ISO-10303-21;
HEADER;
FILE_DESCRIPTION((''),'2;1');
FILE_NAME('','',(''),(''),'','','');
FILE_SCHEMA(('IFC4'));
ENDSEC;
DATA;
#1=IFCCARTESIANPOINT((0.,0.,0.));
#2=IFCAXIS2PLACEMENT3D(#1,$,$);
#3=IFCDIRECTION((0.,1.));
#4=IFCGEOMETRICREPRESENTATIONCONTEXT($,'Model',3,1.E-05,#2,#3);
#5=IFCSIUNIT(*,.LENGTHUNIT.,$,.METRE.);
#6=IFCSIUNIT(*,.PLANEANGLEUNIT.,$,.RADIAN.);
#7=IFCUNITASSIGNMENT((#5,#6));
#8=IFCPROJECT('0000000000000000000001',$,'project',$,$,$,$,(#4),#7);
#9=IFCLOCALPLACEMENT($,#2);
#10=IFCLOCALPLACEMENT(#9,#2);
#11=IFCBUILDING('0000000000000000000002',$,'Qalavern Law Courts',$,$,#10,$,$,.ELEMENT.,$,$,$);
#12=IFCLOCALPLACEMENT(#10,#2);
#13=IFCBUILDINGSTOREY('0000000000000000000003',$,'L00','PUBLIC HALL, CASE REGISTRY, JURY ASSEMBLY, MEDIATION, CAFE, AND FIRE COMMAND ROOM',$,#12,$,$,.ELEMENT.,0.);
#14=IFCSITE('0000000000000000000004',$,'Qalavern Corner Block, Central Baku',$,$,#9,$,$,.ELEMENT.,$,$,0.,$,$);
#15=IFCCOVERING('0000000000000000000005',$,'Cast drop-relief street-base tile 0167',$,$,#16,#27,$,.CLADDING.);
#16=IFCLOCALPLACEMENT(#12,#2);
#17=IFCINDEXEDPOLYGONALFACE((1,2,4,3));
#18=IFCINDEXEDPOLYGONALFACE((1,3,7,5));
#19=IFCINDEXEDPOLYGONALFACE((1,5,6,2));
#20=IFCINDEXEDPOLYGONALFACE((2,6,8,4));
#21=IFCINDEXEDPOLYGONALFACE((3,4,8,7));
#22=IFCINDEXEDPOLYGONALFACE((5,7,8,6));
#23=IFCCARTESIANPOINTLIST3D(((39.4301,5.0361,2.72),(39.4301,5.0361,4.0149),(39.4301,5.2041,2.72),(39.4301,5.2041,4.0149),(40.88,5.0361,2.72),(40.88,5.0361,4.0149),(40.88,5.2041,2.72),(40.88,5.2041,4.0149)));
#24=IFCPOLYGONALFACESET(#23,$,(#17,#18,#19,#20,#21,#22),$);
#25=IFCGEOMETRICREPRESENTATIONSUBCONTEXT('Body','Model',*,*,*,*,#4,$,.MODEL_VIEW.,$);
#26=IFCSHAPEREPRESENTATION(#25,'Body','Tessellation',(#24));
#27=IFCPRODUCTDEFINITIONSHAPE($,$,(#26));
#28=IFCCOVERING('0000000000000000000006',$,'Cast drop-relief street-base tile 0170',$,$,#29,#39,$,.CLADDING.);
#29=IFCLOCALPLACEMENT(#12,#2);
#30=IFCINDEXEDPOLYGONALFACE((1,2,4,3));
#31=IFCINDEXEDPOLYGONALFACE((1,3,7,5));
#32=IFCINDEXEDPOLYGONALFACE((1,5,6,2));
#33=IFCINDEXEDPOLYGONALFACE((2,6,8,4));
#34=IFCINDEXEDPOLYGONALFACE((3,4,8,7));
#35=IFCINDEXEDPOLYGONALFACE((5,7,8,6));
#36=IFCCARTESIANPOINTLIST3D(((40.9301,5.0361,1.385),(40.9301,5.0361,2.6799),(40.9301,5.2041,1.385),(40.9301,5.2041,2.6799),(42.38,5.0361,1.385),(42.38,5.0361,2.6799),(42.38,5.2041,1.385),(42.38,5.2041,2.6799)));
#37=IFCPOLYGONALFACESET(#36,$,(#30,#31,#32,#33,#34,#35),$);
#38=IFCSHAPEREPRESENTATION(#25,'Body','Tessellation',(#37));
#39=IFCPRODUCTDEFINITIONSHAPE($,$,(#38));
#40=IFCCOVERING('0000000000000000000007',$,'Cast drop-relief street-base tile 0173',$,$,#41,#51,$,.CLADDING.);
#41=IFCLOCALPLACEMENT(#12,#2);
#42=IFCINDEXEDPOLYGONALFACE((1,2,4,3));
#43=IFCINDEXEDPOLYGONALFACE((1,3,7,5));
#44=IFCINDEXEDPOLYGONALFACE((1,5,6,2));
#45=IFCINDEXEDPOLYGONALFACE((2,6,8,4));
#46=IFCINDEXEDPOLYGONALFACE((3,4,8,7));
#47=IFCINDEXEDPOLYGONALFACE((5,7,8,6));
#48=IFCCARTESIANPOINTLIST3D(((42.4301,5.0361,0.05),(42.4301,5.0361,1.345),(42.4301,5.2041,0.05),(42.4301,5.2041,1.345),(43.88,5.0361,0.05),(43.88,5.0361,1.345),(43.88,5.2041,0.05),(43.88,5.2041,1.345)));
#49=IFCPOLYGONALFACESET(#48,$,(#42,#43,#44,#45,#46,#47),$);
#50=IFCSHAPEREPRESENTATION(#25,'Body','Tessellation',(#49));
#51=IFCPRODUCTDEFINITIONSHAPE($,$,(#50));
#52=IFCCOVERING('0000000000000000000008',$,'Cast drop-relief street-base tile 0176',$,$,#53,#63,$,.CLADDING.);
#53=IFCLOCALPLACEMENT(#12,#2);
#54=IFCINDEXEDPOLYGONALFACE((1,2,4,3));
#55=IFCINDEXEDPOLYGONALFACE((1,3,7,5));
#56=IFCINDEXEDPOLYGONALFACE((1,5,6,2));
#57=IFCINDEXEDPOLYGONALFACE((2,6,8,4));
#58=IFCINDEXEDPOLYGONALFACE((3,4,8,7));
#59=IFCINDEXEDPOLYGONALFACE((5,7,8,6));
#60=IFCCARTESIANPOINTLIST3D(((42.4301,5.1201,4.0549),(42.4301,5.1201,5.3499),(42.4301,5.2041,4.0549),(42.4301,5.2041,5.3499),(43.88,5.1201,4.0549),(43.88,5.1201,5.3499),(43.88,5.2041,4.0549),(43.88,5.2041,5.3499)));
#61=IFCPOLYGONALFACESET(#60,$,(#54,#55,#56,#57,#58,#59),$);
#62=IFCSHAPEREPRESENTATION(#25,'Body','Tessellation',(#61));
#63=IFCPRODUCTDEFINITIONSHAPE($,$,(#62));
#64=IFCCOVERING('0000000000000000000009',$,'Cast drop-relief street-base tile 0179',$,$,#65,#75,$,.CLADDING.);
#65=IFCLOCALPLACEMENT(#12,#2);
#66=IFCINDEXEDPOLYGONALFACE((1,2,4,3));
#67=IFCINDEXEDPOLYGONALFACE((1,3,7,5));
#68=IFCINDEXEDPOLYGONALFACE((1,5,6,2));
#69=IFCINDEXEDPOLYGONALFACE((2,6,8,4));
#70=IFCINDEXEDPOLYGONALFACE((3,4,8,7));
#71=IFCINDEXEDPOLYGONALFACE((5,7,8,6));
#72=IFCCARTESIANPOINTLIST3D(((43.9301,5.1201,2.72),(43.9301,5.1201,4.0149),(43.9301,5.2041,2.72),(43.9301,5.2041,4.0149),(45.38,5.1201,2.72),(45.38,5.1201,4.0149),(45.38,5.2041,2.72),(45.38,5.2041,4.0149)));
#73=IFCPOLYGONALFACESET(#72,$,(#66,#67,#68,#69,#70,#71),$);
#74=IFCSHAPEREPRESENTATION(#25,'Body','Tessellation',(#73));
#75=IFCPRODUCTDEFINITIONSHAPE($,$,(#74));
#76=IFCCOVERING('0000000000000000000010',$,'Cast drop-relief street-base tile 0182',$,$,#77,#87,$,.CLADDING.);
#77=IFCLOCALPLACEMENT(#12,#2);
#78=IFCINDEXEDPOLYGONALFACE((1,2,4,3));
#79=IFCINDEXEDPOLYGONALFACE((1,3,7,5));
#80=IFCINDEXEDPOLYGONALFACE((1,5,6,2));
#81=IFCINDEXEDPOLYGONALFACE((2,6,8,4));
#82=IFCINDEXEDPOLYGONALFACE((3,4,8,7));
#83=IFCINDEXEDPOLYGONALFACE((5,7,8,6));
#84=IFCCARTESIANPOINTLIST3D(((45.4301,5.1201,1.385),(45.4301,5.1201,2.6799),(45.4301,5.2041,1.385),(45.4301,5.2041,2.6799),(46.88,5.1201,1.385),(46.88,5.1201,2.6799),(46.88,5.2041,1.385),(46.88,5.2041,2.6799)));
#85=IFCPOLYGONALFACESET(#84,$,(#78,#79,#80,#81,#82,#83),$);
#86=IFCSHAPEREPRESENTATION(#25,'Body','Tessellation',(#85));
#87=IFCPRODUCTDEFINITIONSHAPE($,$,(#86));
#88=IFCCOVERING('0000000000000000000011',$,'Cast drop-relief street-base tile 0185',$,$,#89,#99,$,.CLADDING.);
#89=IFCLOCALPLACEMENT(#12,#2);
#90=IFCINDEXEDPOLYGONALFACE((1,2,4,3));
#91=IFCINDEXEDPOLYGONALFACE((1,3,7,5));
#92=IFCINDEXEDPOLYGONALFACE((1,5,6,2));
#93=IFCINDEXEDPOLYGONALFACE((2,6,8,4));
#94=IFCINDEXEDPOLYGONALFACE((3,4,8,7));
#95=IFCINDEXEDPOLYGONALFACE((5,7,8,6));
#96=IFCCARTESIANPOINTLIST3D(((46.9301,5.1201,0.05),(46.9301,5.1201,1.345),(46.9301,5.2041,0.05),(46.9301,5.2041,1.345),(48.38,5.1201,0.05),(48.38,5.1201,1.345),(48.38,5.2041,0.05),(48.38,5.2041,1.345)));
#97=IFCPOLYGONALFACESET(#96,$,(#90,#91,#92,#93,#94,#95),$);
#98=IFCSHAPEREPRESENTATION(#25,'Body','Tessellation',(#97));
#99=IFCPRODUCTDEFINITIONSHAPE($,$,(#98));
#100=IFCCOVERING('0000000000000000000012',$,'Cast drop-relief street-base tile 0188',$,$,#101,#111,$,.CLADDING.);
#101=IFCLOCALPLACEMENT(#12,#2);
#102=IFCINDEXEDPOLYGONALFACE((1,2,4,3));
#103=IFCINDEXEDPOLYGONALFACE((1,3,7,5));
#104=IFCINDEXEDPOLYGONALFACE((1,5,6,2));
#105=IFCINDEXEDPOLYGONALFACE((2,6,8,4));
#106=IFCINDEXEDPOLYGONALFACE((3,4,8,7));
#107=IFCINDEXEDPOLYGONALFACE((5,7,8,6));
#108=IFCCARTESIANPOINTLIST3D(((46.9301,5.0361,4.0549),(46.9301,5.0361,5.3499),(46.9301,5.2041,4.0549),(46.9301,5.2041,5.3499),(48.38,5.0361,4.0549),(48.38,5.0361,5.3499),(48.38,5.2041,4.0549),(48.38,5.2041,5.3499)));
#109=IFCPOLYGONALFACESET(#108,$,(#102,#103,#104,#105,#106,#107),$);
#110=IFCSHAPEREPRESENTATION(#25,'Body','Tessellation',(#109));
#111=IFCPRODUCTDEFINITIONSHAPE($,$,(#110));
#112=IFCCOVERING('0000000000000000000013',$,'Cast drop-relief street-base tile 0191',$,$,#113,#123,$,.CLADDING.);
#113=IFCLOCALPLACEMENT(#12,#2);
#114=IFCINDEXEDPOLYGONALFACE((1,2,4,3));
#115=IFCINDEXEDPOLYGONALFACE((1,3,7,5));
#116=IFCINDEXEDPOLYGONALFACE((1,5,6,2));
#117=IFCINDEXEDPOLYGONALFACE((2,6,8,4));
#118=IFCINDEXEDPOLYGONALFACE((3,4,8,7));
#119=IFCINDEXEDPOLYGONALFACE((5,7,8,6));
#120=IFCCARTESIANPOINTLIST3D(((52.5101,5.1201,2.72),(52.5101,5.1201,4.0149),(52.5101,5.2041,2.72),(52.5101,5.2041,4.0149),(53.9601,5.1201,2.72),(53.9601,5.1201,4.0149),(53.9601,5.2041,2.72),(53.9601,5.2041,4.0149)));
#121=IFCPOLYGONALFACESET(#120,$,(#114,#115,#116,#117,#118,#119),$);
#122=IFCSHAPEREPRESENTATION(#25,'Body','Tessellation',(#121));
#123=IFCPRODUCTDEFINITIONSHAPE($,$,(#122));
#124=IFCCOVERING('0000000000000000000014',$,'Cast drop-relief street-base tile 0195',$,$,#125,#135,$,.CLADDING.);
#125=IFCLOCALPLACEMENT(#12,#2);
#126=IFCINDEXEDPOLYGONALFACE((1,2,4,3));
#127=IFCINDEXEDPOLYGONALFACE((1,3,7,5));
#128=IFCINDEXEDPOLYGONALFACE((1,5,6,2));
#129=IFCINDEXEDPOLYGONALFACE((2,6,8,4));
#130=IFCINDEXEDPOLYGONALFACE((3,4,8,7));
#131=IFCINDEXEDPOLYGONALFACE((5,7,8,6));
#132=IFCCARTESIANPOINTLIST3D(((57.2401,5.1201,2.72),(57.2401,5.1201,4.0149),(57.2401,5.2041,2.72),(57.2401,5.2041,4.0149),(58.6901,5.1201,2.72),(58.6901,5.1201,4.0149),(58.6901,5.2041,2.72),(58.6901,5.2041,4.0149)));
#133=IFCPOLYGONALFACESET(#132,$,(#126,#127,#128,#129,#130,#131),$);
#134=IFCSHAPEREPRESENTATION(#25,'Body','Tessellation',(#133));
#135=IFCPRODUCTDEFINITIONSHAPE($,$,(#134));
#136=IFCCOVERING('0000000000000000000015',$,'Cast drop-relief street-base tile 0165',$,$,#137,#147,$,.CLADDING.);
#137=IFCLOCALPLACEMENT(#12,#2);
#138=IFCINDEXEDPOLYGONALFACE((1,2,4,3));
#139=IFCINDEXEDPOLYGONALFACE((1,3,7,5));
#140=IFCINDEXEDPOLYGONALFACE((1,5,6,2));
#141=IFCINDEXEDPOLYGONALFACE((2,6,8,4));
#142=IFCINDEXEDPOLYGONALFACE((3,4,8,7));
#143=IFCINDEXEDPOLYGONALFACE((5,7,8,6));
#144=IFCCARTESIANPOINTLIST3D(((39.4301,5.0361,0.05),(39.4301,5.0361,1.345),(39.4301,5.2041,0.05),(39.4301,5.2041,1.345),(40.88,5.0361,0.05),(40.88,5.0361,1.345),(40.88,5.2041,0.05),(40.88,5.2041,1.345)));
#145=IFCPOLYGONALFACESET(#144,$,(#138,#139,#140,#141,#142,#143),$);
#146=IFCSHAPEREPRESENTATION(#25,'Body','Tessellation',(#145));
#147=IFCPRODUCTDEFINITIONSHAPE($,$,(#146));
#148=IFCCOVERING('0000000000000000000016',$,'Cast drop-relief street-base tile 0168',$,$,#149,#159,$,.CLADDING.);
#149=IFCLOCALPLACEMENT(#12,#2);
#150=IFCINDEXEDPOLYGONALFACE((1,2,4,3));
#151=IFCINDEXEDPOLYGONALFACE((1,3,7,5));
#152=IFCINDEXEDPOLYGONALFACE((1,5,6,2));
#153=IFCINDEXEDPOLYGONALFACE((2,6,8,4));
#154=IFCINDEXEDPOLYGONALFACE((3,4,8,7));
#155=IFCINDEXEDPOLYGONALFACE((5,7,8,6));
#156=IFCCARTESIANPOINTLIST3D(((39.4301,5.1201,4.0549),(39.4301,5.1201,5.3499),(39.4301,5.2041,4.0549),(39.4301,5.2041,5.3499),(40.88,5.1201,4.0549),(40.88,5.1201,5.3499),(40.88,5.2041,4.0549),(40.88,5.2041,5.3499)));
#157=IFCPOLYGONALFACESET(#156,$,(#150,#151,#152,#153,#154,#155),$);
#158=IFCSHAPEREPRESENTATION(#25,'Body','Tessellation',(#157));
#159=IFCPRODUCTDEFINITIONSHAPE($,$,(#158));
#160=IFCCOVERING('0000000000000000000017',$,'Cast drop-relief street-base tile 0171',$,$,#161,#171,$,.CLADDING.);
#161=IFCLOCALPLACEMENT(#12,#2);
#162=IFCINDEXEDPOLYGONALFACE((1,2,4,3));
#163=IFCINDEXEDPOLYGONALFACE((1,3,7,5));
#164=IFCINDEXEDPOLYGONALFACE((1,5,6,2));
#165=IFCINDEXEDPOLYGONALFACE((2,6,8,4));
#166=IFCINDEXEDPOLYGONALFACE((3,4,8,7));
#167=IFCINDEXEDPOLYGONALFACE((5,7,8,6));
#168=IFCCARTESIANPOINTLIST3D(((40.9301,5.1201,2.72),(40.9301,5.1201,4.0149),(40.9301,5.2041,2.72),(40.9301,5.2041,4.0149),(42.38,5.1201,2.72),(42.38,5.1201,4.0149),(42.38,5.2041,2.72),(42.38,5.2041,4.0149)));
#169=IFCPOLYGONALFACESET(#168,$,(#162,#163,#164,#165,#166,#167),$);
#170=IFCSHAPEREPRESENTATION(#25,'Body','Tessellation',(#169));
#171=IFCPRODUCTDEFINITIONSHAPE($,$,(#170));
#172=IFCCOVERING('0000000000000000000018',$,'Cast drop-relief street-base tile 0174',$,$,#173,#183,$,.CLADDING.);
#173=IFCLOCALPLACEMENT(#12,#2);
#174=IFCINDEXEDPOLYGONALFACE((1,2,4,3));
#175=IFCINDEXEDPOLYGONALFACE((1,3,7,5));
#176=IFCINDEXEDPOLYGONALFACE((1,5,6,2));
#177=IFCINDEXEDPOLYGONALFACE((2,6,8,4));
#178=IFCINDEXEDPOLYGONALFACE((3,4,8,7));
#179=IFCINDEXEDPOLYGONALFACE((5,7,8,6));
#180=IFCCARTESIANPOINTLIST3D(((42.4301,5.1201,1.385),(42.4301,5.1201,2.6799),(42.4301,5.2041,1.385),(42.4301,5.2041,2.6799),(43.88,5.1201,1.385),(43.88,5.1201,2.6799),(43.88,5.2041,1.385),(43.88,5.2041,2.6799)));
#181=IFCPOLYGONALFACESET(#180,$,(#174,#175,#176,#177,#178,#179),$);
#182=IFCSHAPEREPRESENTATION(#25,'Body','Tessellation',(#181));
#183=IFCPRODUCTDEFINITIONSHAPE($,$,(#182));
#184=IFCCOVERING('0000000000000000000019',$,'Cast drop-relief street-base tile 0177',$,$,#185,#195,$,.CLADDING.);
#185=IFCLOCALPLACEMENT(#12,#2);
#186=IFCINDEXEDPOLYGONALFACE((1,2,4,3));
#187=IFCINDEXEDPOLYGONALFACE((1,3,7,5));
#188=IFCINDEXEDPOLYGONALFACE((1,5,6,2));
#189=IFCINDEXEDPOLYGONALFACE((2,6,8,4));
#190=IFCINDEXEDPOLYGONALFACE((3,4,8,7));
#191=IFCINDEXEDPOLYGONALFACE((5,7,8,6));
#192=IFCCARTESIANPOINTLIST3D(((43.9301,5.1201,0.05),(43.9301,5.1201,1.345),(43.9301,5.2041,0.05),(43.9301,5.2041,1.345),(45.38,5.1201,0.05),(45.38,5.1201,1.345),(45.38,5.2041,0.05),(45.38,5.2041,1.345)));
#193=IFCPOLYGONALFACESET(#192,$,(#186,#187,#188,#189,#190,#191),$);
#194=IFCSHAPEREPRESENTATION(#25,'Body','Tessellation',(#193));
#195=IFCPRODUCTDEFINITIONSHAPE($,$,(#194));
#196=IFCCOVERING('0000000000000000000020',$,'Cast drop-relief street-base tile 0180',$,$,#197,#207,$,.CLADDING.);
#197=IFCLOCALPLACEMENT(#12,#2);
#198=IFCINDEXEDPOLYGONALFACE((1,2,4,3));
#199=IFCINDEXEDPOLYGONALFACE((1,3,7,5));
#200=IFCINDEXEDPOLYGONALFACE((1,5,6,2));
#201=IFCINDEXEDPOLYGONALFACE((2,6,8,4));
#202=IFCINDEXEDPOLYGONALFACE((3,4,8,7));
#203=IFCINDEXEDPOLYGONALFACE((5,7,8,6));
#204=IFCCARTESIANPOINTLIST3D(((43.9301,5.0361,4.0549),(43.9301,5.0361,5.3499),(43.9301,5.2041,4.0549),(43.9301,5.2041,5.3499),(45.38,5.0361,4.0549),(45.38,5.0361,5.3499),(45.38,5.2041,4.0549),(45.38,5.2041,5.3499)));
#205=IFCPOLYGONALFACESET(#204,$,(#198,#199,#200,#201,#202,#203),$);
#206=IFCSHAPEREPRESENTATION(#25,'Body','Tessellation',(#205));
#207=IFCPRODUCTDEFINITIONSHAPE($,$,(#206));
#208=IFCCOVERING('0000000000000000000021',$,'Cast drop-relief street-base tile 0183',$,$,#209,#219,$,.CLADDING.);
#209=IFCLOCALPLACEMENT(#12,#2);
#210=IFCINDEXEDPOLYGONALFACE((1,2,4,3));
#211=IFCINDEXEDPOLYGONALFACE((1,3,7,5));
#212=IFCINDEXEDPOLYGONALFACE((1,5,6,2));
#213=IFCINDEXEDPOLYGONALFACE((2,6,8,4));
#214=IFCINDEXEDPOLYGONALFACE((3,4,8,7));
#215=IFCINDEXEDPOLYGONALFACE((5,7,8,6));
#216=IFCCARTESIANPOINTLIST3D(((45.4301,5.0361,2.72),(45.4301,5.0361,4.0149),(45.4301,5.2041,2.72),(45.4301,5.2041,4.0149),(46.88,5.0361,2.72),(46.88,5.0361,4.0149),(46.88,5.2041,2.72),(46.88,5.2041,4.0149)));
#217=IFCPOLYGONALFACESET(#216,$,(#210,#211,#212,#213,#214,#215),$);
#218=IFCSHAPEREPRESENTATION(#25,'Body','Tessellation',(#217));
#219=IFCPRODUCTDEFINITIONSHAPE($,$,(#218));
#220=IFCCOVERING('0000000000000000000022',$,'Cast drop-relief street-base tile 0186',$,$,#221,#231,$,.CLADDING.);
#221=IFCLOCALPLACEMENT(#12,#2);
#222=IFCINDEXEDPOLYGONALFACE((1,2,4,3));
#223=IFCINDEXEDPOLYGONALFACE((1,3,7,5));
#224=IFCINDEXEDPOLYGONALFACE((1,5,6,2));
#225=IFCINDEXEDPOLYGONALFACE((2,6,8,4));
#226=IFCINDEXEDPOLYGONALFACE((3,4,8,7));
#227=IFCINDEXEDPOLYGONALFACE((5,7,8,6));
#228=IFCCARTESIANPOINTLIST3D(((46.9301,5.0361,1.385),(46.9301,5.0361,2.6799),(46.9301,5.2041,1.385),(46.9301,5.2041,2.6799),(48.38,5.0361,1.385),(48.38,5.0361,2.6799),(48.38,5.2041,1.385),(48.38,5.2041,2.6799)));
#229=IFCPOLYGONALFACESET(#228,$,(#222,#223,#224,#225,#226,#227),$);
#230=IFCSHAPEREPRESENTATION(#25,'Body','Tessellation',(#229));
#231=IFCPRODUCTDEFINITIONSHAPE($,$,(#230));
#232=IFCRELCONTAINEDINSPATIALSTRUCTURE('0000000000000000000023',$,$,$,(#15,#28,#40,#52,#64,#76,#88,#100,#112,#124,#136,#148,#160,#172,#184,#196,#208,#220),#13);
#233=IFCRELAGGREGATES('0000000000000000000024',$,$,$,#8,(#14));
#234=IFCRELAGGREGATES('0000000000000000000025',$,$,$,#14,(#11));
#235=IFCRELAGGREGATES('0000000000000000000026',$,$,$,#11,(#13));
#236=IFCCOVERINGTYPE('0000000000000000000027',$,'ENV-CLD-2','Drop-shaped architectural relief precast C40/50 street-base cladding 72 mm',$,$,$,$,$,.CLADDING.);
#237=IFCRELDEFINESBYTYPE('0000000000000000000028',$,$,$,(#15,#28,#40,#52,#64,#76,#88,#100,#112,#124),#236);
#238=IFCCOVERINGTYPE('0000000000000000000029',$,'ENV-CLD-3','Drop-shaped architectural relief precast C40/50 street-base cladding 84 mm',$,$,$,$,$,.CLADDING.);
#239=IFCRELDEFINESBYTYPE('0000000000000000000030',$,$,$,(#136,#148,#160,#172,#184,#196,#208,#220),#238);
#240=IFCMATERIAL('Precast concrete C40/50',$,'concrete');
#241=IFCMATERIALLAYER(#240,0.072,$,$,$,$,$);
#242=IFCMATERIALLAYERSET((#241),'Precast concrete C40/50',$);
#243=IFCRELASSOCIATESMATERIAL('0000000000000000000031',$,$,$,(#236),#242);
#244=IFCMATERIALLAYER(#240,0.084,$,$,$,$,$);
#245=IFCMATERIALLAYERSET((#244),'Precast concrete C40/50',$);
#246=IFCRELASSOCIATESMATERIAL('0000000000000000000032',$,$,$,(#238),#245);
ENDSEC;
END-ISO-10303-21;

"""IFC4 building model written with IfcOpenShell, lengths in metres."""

from ifc_helpers import new_model, si_unit, direction, frame, origin, origin_2d, place, context, subcontext, project, spatial, rectangle, extrude, material, layer, layer_set, type_object, element, save


model = new_model("IFC4")

# Units and contexts
model_context = context("Model", 3, precision=1e-05, world=origin(), true_north=direction((0.0, 1.0)))
body_context = subcontext(model_context, "Body", "Model", "MODEL_VIEW")
ifc_project = project(units=[si_unit("LENGTHUNIT", "METRE"), si_unit("PLANEANGLEUNIT", "RADIAN")], contexts=[model_context])

# Site, building, storey
site_placement = place(None, origin())
site = spatial("IfcSite", under=ifc_project, at=site_placement, Name="Qalavern Corner Block, Central Baku", CompositionType="ELEMENT", RefElevation=0.0)
building_placement = place(site_placement, origin())
building = spatial("IfcBuilding", under=site, at=building_placement, Name="Qalavern Law Courts", CompositionType="ELEMENT")
storey_placement = place(building_placement, origin())
storey = spatial("IfcBuildingStorey", under=building, at=storey_placement, Name="L00", Description="PUBLIC HALL, CASE REGISTRY, JURY ASSEMBLY, MEDIATION, CAFE, AND FIRE COMMAND ROOM", CompositionType="ELEMENT", Elevation=0.0)

# Coverings
ifc_material_1 = material(Name="Precast concrete C40/50", Category="concrete")
ifc_layer_1 = layer(ifc_material_1, 0.072)
ifc_layer_set_1 = layer_set([ifc_layer_1], Name="Precast concrete C40/50")
covering_type_1 = type_object("IfcCoveringType", Name="ENV-CLD-2", Description="Drop-shaped architectural relief precast C40/50 street-base cladding 72 mm", PredefinedType="CLADDING", material=ifc_layer_set_1)
for number, where, z_axis, x_axis, name in (
    (1, (40.155, 5.1201, 2.72), (0.0, 0.0, 1.0), (1.0, 0.0, 0.0), "Cast drop-relief street-base tile 0167"),
    (2, (41.655, 5.1201, 1.385), (0.0, 0.0, 1.0), (1.0, 0.0, 0.0), "Cast drop-relief street-base tile 0170"),
    (3, (43.155, 5.1201, 0.05), (0.0, 0.0, 1.0), (1.0, 0.0, 0.0), "Cast drop-relief street-base tile 0173"),
):
    element("IfcCovering", number, at=place(storey_placement, frame(where, z_axis=z_axis, x_axis=x_axis)), inside=storey, type_object=covering_type_1, Name=name, PredefinedType="CLADDING", context=body_context, shape_type="SweptSolid", body=[
        extrude(rectangle(XDim=1.45, YDim=0.168, at=origin_2d()), origin(), (0.0, 0.0, 1.0), 1.2949),
    ])
for number, where, z_axis, x_axis, name in (
    (4, (43.155, 5.1621, 4.0549), (0.0, 0.0, 1.0), (1.0, 0.0, 0.0), "Cast drop-relief street-base tile 0176"),
    (5, (44.655, 5.1621, 2.72), (0.0, 0.0, 1.0), (1.0, 0.0, 0.0), "Cast drop-relief street-base tile 0179"),
    (6, (46.155, 5.1621, 1.385), (0.0, 0.0, 1.0), (1.0, 0.0, 0.0), "Cast drop-relief street-base tile 0182"),
    (7, (47.655, 5.1621, 0.05), (0.0, 0.0, 1.0), (1.0, 0.0, 0.0), "Cast drop-relief street-base tile 0185"),
):
    element("IfcCovering", number, at=place(storey_placement, frame(where, z_axis=z_axis, x_axis=x_axis)), inside=storey, type_object=covering_type_1, Name=name, PredefinedType="CLADDING", context=body_context, shape_type="SweptSolid", body=[
        extrude(rectangle(XDim=1.45, YDim=0.084, at=origin_2d()), origin(), (0.0, 0.0, 1.0), 1.2949),
    ])
covering_1_placement = place(storey_placement, frame((47.655, 5.1201, 4.0549), z_axis=(0.0, 0.0, 1.0), x_axis=(1.0, 0.0, 0.0)))
element("IfcCovering", 8, at=covering_1_placement, inside=storey, type_object=covering_type_1, Name="Cast drop-relief street-base tile 0188", PredefinedType="CLADDING", context=body_context, shape_type="SweptSolid", body=[
    extrude(rectangle(XDim=1.45, YDim=0.168, at=origin_2d()), origin(), (0.0, 0.0, 1.0), 1.2949),
])
for number, where, z_axis, x_axis, name in (
    (9, (53.2351, 5.1621, 2.72), (0.0, 0.0, 1.0), (1.0, 0.0, 0.0), "Cast drop-relief street-base tile 0191"),
    (10, (57.9651, 5.1621, 2.72), (0.0, 0.0, 1.0), (1.0, 0.0, 0.0), "Cast drop-relief street-base tile 0195"),
):
    element("IfcCovering", number, at=place(storey_placement, frame(where, z_axis=z_axis, x_axis=x_axis)), inside=storey, type_object=covering_type_1, Name=name, PredefinedType="CLADDING", context=body_context, shape_type="SweptSolid", body=[
        extrude(rectangle(XDim=1.45, YDim=0.084, at=origin_2d()), origin(), (0.0, 0.0, 1.0), 1.2949),
    ])
ifc_layer_2 = layer(ifc_material_1, 0.084)
ifc_layer_set_2 = layer_set([ifc_layer_2], Name="Precast concrete C40/50")
covering_type_2 = type_object("IfcCoveringType", Name="ENV-CLD-3", Description="Drop-shaped architectural relief precast C40/50 street-base cladding 84 mm", PredefinedType="CLADDING", material=ifc_layer_set_2)
covering_2_placement = place(storey_placement, frame((40.155, 5.1201, 0.05), z_axis=(0.0, 0.0, 1.0), x_axis=(1.0, 0.0, 0.0)))
element("IfcCovering", 11, at=covering_2_placement, inside=storey, type_object=covering_type_2, Name="Cast drop-relief street-base tile 0165", PredefinedType="CLADDING", context=body_context, shape_type="SweptSolid", body=[
    extrude(rectangle(XDim=1.45, YDim=0.168, at=origin_2d()), origin(), (0.0, 0.0, 1.0), 1.2949),
])
for number, where, z_axis, x_axis, name in (
    (12, (40.155, 5.1621, 4.0549), (0.0, 0.0, 1.0), (1.0, 0.0, 0.0), "Cast drop-relief street-base tile 0168"),
    (13, (41.655, 5.1621, 2.72), (0.0, 0.0, 1.0), (1.0, 0.0, 0.0), "Cast drop-relief street-base tile 0171"),
    (14, (43.155, 5.1621, 1.385), (0.0, 0.0, 1.0), (1.0, 0.0, 0.0), "Cast drop-relief street-base tile 0174"),
    (15, (44.655, 5.1621, 0.05), (0.0, 0.0, 1.0), (1.0, 0.0, 0.0), "Cast drop-relief street-base tile 0177"),
):
    element("IfcCovering", number, at=place(storey_placement, frame(where, z_axis=z_axis, x_axis=x_axis)), inside=storey, type_object=covering_type_2, Name=name, PredefinedType="CLADDING", context=body_context, shape_type="SweptSolid", body=[
        extrude(rectangle(XDim=1.45, YDim=0.084, at=origin_2d()), origin(), (0.0, 0.0, 1.0), 1.2949),
    ])
for number, where, z_axis, x_axis, name in (
    (16, (44.655, 5.1201, 4.0549), (0.0, 0.0, 1.0), (1.0, 0.0, 0.0), "Cast drop-relief street-base tile 0180"),
    (17, (46.155, 5.1201, 2.72), (0.0, 0.0, 1.0), (1.0, 0.0, 0.0), "Cast drop-relief street-base tile 0183"),
    (18, (47.655, 5.1201, 1.385), (0.0, 0.0, 1.0), (1.0, 0.0, 0.0), "Cast drop-relief street-base tile 0186"),
):
    element("IfcCovering", number, at=place(storey_placement, frame(where, z_axis=z_axis, x_axis=x_axis)), inside=storey, type_object=covering_type_2, Name=name, PredefinedType="CLADDING", context=body_context, shape_type="SweptSolid", body=[
        extrude(rectangle(XDim=1.45, YDim=0.168, at=origin_2d()), origin(), (0.0, 0.0, 1.0), 1.2949),
    ])

save(model, "model.ifc")
